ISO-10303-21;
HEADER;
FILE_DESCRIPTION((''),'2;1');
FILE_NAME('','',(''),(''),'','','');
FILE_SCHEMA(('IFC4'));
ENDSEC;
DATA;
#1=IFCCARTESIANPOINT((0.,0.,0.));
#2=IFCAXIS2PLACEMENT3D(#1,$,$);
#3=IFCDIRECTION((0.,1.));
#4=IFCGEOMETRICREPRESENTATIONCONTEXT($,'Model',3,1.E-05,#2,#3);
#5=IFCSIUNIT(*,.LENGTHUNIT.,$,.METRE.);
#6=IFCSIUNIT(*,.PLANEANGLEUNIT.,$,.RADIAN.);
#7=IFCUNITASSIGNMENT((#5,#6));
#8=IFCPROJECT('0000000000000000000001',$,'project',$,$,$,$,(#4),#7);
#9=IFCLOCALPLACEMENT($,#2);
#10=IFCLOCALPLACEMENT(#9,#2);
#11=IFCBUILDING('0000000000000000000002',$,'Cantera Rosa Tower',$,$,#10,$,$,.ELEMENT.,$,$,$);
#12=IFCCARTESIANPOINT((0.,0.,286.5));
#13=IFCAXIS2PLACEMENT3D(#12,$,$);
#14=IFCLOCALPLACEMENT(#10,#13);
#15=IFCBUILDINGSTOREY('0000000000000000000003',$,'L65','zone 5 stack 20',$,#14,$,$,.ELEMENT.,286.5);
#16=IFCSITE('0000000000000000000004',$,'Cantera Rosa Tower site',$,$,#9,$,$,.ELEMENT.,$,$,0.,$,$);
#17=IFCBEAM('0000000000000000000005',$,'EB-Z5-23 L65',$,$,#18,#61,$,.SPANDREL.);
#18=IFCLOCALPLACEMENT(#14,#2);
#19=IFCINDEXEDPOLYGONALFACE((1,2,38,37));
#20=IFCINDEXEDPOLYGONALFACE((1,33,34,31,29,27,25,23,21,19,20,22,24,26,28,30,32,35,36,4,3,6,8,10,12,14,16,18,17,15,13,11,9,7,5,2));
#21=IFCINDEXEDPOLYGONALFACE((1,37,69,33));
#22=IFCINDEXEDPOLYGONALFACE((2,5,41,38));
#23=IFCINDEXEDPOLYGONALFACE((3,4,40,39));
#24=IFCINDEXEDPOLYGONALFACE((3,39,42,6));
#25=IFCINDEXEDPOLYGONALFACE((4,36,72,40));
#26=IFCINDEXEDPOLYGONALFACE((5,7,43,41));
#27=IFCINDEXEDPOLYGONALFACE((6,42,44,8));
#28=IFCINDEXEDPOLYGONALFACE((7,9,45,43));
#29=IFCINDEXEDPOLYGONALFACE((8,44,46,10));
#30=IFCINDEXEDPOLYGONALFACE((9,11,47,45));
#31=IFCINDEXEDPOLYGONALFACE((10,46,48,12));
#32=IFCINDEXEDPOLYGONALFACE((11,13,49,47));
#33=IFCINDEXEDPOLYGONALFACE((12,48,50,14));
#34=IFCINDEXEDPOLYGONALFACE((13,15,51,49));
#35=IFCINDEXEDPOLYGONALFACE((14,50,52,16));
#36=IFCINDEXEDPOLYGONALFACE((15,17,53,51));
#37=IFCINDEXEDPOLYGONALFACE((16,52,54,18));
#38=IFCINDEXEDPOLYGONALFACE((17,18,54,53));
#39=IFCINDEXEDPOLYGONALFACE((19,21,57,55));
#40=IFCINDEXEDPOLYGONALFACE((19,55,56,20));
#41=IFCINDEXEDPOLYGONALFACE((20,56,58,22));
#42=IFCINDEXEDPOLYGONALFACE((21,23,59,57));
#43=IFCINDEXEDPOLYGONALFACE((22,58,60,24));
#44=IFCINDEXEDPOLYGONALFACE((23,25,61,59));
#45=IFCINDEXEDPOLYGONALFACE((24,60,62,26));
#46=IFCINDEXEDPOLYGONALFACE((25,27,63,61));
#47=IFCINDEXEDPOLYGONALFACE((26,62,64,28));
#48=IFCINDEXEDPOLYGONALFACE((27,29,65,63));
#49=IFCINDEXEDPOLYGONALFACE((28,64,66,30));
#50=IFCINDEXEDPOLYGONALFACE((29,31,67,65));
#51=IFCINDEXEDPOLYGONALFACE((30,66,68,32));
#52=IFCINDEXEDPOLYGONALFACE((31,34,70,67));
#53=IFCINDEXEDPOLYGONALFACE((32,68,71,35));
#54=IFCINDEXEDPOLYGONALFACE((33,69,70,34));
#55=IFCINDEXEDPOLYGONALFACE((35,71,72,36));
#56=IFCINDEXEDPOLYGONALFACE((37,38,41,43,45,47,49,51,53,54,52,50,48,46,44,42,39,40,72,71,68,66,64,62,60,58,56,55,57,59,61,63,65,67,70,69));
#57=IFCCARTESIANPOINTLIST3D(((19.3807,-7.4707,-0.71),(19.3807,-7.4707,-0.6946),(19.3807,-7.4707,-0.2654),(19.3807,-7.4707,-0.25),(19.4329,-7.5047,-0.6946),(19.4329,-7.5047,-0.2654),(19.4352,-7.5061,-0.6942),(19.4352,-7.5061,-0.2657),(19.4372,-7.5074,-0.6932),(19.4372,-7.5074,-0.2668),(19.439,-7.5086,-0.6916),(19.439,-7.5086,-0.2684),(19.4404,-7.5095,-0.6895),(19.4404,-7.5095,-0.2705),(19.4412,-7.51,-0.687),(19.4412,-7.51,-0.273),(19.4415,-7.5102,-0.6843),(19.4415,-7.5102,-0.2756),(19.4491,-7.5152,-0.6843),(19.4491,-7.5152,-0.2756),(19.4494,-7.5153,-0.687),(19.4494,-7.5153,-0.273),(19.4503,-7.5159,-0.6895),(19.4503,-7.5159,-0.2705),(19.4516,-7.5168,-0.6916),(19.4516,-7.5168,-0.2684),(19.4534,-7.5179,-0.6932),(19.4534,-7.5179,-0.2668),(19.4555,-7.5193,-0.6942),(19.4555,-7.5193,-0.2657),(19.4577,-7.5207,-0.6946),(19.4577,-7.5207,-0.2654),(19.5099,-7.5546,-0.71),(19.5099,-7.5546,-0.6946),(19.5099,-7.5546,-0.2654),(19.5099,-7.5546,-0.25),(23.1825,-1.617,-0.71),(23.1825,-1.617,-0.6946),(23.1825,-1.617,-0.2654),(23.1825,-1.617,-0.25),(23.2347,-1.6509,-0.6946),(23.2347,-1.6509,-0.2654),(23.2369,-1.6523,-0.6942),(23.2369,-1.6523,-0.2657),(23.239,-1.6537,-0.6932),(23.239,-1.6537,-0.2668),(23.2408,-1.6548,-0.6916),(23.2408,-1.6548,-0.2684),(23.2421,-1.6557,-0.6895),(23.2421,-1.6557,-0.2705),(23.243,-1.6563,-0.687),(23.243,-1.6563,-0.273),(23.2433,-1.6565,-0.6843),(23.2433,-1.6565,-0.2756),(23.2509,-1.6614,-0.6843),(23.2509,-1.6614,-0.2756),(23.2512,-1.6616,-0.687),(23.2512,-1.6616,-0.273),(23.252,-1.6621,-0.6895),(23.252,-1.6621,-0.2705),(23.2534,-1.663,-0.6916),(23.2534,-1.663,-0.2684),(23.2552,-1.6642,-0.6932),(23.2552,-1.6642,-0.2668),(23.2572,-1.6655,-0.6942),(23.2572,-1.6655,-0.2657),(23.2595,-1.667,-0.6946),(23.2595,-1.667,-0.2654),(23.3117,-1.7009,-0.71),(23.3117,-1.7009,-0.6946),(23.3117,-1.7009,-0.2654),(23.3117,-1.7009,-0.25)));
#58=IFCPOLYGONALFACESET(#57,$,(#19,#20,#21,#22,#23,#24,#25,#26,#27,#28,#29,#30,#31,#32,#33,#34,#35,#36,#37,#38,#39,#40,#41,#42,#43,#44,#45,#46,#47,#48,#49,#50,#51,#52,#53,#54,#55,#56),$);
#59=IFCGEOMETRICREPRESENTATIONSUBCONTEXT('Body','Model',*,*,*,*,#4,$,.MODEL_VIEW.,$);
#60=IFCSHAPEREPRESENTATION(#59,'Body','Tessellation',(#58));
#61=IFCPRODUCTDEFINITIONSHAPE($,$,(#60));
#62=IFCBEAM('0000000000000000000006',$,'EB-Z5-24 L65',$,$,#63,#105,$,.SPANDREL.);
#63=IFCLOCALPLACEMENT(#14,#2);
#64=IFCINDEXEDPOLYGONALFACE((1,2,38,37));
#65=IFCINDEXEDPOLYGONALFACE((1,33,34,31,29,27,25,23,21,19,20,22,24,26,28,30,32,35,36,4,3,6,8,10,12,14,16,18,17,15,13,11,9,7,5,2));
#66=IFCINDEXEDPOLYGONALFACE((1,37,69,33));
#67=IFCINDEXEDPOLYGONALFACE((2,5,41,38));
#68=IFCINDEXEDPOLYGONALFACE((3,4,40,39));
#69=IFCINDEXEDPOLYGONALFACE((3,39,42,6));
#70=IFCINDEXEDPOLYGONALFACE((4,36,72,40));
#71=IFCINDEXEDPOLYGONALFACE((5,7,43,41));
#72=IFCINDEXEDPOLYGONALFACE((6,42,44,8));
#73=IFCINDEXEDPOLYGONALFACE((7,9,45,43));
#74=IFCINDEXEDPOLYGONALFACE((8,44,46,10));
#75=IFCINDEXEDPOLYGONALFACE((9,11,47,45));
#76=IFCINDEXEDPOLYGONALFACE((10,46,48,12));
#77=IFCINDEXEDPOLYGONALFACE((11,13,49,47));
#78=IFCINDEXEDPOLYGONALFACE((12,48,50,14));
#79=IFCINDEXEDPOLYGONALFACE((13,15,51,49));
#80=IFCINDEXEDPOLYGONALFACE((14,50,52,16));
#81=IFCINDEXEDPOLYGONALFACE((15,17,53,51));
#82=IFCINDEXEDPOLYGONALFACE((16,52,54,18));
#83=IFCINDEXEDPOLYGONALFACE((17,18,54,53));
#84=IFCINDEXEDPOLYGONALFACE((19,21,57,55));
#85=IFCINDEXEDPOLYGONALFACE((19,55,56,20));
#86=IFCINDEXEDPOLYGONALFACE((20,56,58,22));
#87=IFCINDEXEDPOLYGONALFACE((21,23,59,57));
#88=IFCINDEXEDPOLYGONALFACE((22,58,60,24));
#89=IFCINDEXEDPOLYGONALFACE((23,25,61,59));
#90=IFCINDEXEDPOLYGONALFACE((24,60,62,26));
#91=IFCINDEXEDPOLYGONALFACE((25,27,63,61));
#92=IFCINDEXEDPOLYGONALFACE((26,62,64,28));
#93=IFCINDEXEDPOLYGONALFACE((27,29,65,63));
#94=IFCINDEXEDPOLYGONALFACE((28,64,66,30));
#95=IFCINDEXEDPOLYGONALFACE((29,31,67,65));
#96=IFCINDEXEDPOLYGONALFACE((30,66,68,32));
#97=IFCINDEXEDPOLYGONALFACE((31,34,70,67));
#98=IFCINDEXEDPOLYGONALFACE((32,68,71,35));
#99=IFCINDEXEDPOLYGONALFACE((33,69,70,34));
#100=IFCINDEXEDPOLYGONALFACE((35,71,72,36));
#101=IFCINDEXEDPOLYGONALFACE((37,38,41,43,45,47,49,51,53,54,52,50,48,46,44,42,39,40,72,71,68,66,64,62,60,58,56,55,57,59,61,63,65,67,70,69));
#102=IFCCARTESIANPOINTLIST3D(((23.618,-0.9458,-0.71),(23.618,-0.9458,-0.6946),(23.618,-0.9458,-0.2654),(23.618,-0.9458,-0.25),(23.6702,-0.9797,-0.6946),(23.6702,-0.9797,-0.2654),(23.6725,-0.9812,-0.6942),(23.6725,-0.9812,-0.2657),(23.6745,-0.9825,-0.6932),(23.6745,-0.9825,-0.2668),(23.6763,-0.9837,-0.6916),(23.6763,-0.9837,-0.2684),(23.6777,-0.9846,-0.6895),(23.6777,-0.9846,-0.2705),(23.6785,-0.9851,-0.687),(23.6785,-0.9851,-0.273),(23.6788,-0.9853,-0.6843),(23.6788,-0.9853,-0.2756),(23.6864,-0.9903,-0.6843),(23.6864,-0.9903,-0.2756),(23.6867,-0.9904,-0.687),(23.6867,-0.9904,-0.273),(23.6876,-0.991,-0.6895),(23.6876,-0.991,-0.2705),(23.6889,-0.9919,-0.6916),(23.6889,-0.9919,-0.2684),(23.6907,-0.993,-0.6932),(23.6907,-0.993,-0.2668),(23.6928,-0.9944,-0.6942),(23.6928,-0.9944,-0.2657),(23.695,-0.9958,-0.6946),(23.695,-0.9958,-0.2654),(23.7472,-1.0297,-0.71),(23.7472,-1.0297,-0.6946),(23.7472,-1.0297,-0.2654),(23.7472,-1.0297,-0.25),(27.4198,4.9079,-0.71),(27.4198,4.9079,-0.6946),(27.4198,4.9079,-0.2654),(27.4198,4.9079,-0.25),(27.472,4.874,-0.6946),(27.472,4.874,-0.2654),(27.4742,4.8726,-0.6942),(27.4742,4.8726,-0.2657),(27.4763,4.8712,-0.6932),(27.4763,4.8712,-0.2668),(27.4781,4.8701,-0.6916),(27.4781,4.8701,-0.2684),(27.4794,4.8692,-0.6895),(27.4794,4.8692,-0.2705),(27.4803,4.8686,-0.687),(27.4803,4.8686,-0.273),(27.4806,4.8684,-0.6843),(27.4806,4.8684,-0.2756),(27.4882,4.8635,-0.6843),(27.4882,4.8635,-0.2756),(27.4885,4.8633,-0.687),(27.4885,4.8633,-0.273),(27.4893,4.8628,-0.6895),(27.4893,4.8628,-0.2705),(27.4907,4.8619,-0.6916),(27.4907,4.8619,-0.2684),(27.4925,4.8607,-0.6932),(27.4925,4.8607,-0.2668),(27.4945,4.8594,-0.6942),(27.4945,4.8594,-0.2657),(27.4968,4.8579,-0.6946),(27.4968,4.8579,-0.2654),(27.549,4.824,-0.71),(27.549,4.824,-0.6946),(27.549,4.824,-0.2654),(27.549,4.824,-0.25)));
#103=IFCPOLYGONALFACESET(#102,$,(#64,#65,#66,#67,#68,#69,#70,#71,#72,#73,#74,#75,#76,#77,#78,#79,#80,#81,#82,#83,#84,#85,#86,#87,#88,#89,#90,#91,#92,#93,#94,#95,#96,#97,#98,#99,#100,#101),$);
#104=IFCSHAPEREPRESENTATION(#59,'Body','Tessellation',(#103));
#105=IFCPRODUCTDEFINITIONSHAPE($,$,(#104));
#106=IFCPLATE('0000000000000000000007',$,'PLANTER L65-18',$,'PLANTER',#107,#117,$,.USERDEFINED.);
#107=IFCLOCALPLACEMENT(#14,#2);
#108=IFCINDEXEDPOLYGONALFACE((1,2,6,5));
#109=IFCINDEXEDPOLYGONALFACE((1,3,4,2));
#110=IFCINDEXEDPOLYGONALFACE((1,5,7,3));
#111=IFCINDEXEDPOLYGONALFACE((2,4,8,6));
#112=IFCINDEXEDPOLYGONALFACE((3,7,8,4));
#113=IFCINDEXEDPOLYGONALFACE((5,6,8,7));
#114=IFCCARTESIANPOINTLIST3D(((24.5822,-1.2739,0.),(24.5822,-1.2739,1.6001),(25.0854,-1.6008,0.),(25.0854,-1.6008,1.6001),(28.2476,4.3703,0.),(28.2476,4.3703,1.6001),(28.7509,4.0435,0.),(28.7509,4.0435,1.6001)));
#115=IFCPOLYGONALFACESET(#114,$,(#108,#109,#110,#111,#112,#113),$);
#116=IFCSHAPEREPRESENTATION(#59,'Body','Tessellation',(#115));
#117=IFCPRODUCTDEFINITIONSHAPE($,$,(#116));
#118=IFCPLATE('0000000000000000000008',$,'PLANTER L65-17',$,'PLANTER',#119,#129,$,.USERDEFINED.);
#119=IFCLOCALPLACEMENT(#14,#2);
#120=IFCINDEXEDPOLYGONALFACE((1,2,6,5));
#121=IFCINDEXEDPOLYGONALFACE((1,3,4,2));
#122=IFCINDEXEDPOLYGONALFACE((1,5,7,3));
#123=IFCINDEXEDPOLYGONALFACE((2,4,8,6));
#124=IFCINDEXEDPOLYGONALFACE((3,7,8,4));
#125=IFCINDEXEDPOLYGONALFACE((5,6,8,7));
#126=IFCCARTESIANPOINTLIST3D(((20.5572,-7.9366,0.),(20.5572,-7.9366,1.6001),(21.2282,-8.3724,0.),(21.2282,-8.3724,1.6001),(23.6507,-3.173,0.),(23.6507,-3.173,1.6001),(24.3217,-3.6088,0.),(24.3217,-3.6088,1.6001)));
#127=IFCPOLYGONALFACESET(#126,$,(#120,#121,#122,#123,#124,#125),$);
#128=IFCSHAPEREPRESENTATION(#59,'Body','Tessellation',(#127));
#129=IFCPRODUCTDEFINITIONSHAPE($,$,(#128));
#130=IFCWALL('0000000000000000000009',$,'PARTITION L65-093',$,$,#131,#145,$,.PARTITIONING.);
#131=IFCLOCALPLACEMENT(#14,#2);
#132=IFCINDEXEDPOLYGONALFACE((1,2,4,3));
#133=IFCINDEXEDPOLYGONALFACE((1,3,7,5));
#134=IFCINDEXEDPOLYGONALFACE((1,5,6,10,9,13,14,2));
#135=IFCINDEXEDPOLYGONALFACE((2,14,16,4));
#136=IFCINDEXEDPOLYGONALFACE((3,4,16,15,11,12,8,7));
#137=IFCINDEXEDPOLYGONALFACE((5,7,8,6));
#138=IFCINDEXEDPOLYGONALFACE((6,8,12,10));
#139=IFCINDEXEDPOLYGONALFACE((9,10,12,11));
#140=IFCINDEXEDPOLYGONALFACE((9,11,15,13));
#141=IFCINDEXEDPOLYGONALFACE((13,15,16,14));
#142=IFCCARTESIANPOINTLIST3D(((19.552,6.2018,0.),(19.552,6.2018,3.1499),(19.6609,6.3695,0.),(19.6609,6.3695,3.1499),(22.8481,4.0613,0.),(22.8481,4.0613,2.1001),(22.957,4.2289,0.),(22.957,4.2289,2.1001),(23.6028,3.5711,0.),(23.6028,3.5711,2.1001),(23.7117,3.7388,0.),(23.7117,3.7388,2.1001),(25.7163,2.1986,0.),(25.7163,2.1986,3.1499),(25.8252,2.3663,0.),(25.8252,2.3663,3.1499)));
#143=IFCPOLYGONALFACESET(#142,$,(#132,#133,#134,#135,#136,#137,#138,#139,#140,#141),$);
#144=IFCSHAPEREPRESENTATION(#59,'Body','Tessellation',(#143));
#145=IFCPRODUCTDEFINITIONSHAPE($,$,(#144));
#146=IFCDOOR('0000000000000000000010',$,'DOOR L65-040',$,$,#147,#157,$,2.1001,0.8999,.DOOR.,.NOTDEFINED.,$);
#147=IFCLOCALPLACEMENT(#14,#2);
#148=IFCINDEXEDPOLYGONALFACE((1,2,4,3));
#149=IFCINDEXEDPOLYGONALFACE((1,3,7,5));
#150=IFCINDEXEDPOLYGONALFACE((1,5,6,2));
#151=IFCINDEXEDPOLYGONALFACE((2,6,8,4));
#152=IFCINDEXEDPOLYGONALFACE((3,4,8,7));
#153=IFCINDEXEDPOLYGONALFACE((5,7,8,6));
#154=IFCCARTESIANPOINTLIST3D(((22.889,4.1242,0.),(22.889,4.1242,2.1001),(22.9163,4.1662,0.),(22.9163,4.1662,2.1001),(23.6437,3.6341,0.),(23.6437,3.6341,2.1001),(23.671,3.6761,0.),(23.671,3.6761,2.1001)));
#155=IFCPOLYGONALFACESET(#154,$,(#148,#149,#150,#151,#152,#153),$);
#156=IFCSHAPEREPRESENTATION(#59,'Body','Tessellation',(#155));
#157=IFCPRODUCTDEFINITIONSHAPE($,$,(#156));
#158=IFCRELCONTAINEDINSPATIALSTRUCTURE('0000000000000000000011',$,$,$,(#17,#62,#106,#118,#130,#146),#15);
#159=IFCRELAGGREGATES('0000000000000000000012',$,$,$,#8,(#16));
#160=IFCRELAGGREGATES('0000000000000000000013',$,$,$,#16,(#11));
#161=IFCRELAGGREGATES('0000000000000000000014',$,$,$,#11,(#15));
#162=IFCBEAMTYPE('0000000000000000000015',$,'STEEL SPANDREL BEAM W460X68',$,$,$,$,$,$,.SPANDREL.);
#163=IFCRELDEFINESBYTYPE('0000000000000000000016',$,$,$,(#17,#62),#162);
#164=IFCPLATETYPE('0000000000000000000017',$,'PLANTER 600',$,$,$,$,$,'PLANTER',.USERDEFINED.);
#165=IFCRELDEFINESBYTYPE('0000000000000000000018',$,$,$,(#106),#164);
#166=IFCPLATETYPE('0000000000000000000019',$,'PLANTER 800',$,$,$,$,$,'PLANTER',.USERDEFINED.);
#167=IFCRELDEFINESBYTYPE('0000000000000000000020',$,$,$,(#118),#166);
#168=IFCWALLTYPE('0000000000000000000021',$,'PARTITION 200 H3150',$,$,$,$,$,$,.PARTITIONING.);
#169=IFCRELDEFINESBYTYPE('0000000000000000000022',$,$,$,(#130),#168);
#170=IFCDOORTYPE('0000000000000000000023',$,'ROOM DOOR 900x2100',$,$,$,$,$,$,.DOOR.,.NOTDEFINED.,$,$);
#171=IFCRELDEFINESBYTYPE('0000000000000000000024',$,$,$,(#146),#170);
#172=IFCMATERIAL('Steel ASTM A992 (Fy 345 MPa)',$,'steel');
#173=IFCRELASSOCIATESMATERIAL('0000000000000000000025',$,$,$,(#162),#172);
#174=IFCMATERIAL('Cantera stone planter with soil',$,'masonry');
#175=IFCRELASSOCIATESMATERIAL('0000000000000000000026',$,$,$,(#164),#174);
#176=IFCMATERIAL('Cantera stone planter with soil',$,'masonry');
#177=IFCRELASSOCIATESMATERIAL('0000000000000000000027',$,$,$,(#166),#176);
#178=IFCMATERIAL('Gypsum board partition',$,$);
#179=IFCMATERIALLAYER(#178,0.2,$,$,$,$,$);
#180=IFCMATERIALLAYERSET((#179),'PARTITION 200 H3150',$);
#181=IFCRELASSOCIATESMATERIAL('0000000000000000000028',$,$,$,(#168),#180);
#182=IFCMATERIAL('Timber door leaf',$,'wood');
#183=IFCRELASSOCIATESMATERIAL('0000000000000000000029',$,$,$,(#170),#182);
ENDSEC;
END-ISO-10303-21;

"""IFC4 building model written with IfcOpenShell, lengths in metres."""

from ifc_helpers import new_model, si_unit, direction, frame, frame_2d, origin, origin_2d, place, context, subcontext, project, spatial, rectangle, i_section, extrude, material, layer, layer_set, material_profile, profile_set, type_object, element, fill, save


model = new_model("IFC4")

# Units and contexts
model_context = context("Model", 3, precision=1e-05, world=origin(), true_north=direction((0.0, 1.0)))
body_context = subcontext(model_context, "Body", "Model", "MODEL_VIEW")
ifc_project = project(units=[si_unit("LENGTHUNIT", "METRE"), si_unit("PLANEANGLEUNIT", "RADIAN")], contexts=[model_context])

# Site, building, storey
site_placement = place(None, origin())
site = spatial("IfcSite", under=ifc_project, at=site_placement, Name="Cantera Rosa Tower site", CompositionType="ELEMENT", RefElevation=0.0)
building_placement = place(site_placement, origin())
building = spatial("IfcBuilding", under=site, at=building_placement, Name="Cantera Rosa Tower", CompositionType="ELEMENT")
storey_placement = place(building_placement, frame((0.0, 0.0, 286.5)))
storey = spatial("IfcBuildingStorey", under=building, at=storey_placement, Name="L65", Description="zone 5 stack 20", CompositionType="ELEMENT", Elevation=286.5)

# Beams
ifc_material_1 = material(Name="Steel ASTM A992 (Fy 345 MPa)", Category="steel")
ifc_material_profile_1 = material_profile(ifc_material_1, i_section(OverallWidth=0.1541, OverallDepth=0.46, WebThickness=0.009, FlangeThickness=0.0154, FilletRadius=0.0103, at=origin_2d()), Name="W460X68")
ifc_profile_set_1 = profile_set([ifc_material_profile_1], Name="Steel ASTM A992 (Fy 345 MPa)")
beam_type_1 = type_object("IfcBeamType", Name="STEEL SPANDREL BEAM W460X68", PredefinedType="SPANDREL", material=ifc_profile_set_1)
for number, where, z_axis, x_axis, name in (
    (1, (19.4453, -7.5127, -0.48), (0.544667, 0.838652, 0.0), (-0.838652, 0.544667, 0.0), "EB-Z5-23 L65"),
    (2, (23.6826, -0.9878, -0.48), (0.544667, 0.838652, 0.0), (-0.838652, 0.544667, 0.0), "EB-Z5-24 L65"),
):
    element("IfcBeam", number, at=place(storey_placement, frame(where, z_axis=z_axis, x_axis=x_axis)), inside=storey, type_object=beam_type_1, Name=name, PredefinedType="SPANDREL", context=body_context, shape_type="SweptSolid", body=[
        extrude(i_section(OverallWidth=0.1541, OverallDepth=0.46, WebThickness=0.009, FlangeThickness=0.0154, FilletRadius=0.0103, at=origin_2d()), origin(), (0.0, 0.0, 1.0), 6.98),
    ])

# Plates
ifc_material_2 = material(Name="Cantera stone planter with soil", Category="masonry")
plate_type_1 = type_object("IfcPlateType", Name="PLANTER 600", ElementType="PLANTER", PredefinedType="USERDEFINED", material=ifc_material_2)
plate_1_placement = place(storey_placement, frame((26.6665, 1.3848, 0.0), z_axis=(0.0, 0.0, 1.0), x_axis=(0.544639, 0.838671, 0.0)))
element("IfcPlate", 3, at=plate_1_placement, inside=storey, type_object=plate_type_1, Name="PLANTER L65-18", ObjectType="PLANTER", PredefinedType="USERDEFINED", context=body_context, shape_type="SweptSolid", body=[
    extrude(rectangle(XDim=6.73, YDim=0.6001, at=origin_2d()), origin(), (0.0, 0.0, 1.0), 1.6001),
])
ifc_material_3 = material(Name="Cantera stone planter with soil", Category="masonry")
plate_type_2 = type_object("IfcPlateType", Name="PLANTER 800", ElementType="PLANTER", PredefinedType="USERDEFINED", material=ifc_material_3)
plate_2_placement = place(storey_placement, frame((22.4395, -5.7727, 0.0), z_axis=(0.0, 0.0, 1.0), x_axis=(0.544639, 0.838671, 0.0)))
element("IfcPlate", 4, at=plate_2_placement, inside=storey, type_object=plate_type_2, Name="PLANTER L65-17", ObjectType="PLANTER", PredefinedType="USERDEFINED", context=body_context, shape_type="SweptSolid", body=[
    extrude(rectangle(XDim=5.6799, YDim=0.8, at=origin_2d()), origin(), (0.0, 0.0, 1.0), 1.6001),
])

# Wall, opening, door
ifc_material_4 = material(Name="Gypsum board partition")
ifc_layer_1 = layer(ifc_material_4, 0.2)
ifc_layer_set_1 = layer_set([ifc_layer_1], Name="PARTITION 200 H3150")
wall_type_1 = type_object("IfcWallType", Name="PARTITION 200 H3150", PredefinedType="PARTITIONING", material=ifc_layer_set_1)
wall_1_placement = place(storey_placement, frame((25.7708, 2.2825, 0.0), z_axis=(0.0, 0.0, 1.0), x_axis=(-0.838669, 0.544642, 0.0)))
wall_1 = element("IfcWall", 5, at=wall_1_placement, inside=storey, type_object=wall_type_1, Name="PARTITION L65-093", PredefinedType="PARTITIONING", context=body_context, shape_type="SweptSolid", body=[
    extrude(rectangle(XDim=7.3501, YDim=0.2, at=frame_2d((3.675, 0.0))), origin(), (0.0, 0.0, 1.0), 3.1499),
])
opening_1_placement = place(wall_1_placement, frame((2.52, 0.0, 0.0)))
opening_1 = element("IfcOpeningElement", 6, at=opening_1_placement, cuts=wall_1, PredefinedType="OPENING", context=body_context, shape_type="SweptSolid", body=[
    extrude(rectangle(XDim=0.8999, YDim=2.1001, at=frame_2d((0.45, 1.05))), frame((0.0, 0.1099, 0.0), z_axis=(0.0, -1.0, 0.0), x_axis=(1.0, 0.0, 0.0)), (0.0, 0.0, 1.0), 0.22),
])
ifc_material_5 = material(Name="Timber door leaf", Category="wood")
door_type_1 = type_object("IfcDoorType", Name="ROOM DOOR 900x2100", OperationType="NOTDEFINED", PredefinedType="DOOR", material=ifc_material_5)
door_1_placement = place(opening_1_placement, origin())
door_1 = element("IfcDoor", 7, at=door_1_placement, inside=storey, type_object=door_type_1, Name="DOOR L65-040", OperationType="NOTDEFINED", OverallHeight=2.1001, OverallWidth=0.8999, PredefinedType="DOOR", context=body_context, shape_type="SweptSolid", body=[
    extrude(rectangle(XDim=0.8999, YDim=2.1001, at=frame_2d((0.45, 1.05))), frame((0.0, 0.0249, 0.0), z_axis=(0.0, -1.0, 0.0), x_axis=(1.0, 0.0, 0.0)), (0.0, 0.0, 1.0), 0.05),
])
fill(opening_1, door_1)

save(model, "model.ifc")
